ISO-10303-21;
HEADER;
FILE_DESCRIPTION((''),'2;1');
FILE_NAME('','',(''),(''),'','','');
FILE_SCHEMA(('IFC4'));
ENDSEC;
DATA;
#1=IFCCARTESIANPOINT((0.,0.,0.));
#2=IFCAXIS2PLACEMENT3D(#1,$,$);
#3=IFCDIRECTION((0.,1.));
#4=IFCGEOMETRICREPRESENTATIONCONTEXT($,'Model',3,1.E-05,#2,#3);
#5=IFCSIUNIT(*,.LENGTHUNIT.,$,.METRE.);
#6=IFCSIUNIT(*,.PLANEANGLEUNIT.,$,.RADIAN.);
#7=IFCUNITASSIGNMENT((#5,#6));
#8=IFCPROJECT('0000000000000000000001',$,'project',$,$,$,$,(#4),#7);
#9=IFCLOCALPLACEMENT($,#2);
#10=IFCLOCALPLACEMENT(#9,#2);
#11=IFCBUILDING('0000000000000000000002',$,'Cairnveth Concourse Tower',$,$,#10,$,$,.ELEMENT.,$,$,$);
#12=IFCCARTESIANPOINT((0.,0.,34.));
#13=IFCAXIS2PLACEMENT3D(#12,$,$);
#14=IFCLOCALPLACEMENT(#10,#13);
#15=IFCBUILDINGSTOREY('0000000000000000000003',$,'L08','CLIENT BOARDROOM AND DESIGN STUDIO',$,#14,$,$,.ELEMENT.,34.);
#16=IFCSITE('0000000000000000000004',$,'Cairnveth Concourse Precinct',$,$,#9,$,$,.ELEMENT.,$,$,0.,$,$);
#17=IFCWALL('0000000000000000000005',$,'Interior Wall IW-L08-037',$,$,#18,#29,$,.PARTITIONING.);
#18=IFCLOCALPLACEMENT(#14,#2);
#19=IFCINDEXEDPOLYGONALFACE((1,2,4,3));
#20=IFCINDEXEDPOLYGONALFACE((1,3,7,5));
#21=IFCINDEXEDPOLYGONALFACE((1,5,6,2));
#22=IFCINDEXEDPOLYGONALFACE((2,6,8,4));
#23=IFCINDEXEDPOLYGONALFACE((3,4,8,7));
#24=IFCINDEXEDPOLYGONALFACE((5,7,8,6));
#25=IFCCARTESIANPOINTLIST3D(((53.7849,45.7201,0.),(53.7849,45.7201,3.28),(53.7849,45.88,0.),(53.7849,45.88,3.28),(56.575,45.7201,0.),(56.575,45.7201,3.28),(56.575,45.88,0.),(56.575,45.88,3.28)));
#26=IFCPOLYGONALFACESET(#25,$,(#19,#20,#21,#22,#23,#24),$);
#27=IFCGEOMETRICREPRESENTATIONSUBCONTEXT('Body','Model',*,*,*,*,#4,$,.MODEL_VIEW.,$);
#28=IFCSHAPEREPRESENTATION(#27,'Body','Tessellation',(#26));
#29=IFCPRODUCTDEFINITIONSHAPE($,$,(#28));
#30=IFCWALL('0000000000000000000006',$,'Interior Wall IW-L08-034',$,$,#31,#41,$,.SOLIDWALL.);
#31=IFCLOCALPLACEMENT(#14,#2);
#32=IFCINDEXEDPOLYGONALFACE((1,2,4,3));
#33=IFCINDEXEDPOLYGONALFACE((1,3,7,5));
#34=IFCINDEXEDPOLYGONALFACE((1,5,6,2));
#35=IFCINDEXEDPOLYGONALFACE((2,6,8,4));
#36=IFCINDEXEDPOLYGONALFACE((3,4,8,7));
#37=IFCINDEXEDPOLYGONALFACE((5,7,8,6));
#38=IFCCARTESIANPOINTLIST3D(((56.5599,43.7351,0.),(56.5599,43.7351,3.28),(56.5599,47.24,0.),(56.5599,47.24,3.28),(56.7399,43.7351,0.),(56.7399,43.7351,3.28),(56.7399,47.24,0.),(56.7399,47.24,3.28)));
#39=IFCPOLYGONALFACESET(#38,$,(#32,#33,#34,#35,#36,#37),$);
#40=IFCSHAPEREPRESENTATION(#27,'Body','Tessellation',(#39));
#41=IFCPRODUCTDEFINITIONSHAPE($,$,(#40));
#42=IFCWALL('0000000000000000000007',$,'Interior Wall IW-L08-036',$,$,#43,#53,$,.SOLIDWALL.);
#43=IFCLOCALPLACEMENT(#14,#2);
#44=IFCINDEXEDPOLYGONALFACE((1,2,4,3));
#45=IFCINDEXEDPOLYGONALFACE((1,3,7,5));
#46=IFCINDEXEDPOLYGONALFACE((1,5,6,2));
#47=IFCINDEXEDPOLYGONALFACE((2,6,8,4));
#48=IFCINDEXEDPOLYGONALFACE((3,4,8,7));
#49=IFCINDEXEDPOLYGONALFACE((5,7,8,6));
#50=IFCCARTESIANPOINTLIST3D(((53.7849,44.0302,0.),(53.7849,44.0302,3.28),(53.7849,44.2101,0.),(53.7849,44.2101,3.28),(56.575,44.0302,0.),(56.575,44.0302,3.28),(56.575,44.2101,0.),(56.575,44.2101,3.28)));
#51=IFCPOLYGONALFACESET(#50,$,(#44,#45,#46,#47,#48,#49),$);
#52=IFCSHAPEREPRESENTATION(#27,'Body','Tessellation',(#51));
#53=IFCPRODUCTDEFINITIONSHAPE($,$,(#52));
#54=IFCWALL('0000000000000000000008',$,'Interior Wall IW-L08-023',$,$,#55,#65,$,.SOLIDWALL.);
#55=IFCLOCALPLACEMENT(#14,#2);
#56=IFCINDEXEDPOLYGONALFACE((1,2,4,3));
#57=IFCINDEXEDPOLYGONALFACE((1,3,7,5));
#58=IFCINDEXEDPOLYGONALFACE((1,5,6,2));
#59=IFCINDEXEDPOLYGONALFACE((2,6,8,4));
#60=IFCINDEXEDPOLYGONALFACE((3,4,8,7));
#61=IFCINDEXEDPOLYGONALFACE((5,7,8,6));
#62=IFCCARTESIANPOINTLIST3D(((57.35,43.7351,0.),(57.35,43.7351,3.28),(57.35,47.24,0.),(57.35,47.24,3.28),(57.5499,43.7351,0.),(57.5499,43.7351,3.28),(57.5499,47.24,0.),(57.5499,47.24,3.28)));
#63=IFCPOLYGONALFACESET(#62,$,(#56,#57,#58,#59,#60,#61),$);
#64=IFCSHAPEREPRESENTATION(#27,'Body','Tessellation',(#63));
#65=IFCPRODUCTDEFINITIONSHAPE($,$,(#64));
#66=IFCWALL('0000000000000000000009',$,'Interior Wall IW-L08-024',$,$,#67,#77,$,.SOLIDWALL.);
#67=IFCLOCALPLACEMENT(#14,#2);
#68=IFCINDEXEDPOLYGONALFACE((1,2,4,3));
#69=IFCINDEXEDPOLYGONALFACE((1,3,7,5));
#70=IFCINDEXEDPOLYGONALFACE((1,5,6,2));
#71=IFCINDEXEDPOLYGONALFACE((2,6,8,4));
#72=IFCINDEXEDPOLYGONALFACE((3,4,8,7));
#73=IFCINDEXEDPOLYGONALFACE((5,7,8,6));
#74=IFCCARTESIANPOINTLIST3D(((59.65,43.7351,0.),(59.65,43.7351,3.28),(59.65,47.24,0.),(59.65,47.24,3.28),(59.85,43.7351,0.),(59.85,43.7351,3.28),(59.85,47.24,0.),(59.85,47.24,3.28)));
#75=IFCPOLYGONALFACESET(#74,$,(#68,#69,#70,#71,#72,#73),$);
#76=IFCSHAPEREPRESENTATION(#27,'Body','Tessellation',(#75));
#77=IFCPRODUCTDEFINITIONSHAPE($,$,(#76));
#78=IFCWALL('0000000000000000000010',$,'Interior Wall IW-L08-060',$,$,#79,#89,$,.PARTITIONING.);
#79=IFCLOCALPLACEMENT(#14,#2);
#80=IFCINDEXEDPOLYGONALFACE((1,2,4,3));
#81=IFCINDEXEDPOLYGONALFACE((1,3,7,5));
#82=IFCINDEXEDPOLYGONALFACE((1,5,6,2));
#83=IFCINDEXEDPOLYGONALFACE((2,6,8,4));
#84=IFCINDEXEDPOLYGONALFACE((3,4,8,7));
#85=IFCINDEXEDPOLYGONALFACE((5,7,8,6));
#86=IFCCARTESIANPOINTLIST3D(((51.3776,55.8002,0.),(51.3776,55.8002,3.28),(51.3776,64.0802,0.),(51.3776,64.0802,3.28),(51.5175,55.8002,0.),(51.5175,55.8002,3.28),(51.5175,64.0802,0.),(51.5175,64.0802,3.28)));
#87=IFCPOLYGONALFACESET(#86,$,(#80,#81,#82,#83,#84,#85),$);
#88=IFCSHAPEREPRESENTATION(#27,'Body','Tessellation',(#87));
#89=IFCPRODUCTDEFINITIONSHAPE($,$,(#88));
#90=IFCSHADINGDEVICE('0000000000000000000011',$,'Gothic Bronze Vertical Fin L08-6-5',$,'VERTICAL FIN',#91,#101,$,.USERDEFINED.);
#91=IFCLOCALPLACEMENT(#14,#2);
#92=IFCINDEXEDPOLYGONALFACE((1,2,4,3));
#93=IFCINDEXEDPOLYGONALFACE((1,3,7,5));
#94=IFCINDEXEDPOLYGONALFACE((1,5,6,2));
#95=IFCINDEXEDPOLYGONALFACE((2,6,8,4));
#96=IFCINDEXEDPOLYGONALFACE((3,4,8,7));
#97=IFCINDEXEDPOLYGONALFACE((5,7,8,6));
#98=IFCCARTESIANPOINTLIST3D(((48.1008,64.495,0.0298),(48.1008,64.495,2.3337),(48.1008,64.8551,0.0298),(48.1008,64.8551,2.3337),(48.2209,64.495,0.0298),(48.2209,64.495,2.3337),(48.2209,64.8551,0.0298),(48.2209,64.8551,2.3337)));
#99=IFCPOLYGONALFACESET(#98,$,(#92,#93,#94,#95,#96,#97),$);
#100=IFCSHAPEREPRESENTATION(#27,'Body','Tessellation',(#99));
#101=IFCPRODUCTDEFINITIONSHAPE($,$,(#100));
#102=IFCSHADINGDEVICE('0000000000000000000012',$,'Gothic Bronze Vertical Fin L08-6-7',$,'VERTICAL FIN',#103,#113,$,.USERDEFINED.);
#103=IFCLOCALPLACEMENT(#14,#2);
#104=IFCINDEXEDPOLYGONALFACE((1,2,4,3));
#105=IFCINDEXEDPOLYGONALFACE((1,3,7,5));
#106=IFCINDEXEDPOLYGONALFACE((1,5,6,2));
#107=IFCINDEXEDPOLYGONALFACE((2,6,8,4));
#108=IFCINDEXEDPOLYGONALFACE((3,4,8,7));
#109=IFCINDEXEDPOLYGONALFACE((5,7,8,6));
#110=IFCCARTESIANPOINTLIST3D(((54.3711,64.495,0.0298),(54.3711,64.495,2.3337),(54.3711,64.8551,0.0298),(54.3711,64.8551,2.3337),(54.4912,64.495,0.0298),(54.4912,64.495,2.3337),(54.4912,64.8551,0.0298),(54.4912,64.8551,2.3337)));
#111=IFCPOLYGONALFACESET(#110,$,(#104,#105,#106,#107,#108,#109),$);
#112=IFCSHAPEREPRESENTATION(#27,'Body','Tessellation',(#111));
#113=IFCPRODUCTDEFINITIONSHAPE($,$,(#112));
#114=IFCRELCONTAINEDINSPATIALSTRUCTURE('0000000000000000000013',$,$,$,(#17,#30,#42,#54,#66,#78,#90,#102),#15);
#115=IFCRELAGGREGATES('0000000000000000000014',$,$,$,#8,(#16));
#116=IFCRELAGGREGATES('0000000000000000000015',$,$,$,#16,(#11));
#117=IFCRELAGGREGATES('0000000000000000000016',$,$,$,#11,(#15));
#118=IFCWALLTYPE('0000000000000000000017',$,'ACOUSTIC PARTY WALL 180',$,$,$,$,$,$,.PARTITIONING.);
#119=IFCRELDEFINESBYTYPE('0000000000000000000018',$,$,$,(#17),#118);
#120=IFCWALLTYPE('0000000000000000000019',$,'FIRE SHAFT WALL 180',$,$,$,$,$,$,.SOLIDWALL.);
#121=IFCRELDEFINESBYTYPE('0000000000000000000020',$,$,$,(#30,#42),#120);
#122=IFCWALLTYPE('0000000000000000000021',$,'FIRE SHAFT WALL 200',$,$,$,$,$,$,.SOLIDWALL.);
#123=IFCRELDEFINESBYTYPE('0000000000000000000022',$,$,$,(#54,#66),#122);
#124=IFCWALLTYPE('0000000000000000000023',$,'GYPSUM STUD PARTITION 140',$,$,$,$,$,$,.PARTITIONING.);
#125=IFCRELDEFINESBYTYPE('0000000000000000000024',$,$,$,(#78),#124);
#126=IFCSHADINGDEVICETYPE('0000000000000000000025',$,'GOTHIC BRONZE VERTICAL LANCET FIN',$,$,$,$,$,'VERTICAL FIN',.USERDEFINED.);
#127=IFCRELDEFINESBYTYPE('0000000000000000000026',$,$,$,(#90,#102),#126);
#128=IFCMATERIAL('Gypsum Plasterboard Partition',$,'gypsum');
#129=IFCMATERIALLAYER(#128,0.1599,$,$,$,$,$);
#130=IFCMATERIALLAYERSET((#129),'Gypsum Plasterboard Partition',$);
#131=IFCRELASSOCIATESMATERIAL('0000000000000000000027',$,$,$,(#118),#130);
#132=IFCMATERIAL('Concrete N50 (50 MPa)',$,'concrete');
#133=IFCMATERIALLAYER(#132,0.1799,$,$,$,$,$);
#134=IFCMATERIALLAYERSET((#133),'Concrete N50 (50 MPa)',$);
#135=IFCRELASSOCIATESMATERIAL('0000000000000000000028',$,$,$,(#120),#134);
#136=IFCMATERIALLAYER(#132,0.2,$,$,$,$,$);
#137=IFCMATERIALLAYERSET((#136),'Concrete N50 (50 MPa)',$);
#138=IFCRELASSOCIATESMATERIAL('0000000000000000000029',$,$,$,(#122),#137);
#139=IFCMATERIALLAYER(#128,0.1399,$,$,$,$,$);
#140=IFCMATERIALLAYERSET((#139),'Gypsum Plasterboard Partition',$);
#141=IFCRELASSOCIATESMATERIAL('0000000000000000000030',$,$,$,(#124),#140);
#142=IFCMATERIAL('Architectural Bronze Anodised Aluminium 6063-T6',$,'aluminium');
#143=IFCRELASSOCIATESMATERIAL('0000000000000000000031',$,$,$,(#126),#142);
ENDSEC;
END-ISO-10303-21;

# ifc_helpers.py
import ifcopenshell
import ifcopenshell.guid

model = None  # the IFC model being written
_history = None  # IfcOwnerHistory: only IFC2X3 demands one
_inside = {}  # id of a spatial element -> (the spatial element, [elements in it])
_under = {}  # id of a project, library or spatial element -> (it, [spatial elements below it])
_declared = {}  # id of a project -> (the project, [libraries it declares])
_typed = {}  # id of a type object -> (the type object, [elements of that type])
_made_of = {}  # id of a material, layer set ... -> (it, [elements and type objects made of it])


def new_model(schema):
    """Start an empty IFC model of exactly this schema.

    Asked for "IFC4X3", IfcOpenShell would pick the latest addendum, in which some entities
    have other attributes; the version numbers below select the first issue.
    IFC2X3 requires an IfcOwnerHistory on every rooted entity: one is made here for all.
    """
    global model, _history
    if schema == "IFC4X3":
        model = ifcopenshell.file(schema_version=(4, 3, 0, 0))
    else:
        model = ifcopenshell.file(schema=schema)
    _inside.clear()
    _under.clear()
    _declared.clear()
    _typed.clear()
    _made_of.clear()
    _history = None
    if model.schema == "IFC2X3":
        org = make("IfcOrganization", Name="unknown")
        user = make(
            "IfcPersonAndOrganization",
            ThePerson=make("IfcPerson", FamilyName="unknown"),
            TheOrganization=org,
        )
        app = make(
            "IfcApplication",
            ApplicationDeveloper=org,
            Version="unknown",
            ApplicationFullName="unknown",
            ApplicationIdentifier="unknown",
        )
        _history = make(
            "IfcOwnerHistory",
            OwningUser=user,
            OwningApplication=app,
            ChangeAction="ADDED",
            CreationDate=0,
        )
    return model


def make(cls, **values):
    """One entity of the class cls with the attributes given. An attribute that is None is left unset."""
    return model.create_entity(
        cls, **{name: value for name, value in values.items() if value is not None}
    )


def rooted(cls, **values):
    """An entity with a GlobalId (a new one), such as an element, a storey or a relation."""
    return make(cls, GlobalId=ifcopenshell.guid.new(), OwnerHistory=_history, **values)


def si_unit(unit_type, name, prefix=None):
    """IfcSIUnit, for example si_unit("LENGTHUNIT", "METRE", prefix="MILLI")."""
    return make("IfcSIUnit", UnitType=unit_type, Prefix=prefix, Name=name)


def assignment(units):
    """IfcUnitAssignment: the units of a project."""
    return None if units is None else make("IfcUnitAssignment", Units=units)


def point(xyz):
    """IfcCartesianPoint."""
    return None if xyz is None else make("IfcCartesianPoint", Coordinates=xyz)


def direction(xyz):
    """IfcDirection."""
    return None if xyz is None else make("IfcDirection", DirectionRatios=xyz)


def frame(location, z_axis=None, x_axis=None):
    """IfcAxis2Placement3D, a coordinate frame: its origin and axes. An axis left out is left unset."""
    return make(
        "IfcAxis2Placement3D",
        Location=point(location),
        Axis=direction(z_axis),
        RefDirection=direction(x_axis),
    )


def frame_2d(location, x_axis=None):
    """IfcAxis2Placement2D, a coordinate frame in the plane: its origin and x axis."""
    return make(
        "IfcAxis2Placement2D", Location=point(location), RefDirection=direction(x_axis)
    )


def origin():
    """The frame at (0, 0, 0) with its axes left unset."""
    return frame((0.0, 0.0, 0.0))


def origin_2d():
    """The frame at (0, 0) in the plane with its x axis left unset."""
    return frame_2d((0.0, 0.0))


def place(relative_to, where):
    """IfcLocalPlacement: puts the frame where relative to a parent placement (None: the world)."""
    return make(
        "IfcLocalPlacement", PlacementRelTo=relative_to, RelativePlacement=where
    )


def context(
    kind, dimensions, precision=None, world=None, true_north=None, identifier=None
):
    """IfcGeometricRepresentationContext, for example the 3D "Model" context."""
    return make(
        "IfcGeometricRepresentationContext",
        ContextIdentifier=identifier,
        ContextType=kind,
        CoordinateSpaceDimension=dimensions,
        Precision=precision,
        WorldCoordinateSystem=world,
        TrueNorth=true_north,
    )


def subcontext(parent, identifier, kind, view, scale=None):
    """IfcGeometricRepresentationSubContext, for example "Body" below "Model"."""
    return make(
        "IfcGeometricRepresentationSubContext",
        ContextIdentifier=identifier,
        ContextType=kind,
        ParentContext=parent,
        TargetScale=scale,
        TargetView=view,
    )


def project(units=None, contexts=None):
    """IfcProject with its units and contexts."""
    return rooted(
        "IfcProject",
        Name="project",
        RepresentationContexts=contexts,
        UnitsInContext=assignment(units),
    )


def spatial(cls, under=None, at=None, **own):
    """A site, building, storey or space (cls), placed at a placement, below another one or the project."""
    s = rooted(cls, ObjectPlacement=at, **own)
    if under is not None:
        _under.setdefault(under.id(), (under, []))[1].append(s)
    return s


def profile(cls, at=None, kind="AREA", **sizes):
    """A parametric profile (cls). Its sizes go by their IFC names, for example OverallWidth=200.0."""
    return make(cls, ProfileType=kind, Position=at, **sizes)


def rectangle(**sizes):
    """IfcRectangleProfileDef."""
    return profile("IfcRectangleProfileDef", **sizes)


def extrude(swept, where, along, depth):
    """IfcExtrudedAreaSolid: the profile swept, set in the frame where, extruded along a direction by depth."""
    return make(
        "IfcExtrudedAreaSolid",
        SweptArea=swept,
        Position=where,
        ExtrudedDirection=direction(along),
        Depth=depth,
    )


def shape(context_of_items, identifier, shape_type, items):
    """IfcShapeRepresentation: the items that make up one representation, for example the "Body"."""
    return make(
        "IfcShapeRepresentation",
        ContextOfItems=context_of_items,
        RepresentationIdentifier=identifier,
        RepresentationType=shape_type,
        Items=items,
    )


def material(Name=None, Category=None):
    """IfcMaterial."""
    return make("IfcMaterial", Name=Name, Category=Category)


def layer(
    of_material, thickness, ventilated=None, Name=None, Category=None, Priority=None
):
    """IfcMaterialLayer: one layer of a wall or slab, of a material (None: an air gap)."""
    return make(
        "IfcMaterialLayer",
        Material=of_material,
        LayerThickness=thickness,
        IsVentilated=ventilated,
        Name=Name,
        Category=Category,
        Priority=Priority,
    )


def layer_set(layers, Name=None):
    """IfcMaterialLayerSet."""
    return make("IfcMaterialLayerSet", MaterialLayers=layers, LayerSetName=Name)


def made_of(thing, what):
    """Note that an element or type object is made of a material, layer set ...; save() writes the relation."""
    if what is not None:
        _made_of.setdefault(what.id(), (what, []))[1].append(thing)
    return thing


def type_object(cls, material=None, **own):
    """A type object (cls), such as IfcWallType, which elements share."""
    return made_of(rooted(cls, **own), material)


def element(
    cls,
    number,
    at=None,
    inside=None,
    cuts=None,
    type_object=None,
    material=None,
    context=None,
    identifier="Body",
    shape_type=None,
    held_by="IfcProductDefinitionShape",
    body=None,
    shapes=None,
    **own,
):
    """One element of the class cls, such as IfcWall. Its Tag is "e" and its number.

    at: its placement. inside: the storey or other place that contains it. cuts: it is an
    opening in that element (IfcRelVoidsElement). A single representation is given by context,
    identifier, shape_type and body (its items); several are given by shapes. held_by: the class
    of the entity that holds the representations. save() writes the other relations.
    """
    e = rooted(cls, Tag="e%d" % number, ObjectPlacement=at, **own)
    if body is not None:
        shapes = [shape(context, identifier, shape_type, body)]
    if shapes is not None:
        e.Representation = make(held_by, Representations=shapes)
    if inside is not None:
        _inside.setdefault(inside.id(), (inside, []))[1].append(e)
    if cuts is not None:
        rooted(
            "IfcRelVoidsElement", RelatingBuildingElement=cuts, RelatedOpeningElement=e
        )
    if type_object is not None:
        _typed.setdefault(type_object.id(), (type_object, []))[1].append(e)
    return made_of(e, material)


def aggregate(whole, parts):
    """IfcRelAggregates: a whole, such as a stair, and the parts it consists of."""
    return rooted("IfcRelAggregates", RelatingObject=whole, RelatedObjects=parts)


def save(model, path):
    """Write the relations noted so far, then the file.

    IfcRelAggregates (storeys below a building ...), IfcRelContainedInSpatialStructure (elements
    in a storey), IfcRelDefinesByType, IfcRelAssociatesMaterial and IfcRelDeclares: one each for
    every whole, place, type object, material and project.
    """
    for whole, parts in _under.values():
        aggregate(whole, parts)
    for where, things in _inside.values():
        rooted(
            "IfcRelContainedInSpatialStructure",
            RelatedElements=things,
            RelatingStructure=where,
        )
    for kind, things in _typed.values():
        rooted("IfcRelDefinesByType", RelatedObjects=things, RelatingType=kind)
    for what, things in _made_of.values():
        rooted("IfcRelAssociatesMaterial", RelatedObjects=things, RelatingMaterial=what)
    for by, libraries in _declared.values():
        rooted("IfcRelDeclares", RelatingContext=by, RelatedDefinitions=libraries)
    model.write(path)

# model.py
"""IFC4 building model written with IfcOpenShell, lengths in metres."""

from ifc_helpers import new_model, si_unit, direction, frame, frame_2d, origin, origin_2d, place, context, subcontext, project, spatial, rectangle, extrude, material, layer, layer_set, type_object, element, save


model = new_model("IFC4")

# Units and contexts
model_context = context("Model", 3, precision=1e-05, world=origin(), true_north=direction((0.0, 1.0)))
body_context = subcontext(model_context, "Body", "Model", "MODEL_VIEW")
ifc_project = project(units=[si_unit("LENGTHUNIT", "METRE"), si_unit("PLANEANGLEUNIT", "RADIAN")], contexts=[model_context])

# Site, building, storey
site_placement = place(None, origin())
site = spatial("IfcSite", under=ifc_project, at=site_placement, Name="Cairnveth Concourse Precinct", CompositionType="ELEMENT", RefElevation=0.0)
building_placement = place(site_placement, origin())
building = spatial("IfcBuilding", under=site, at=building_placement, Name="Cairnveth Concourse Tower", CompositionType="ELEMENT")
storey_placement = place(building_placement, frame((0.0, 0.0, 34.0)))
storey = spatial("IfcBuildingStorey", under=building, at=storey_placement, Name="L08", Description="CLIENT BOARDROOM AND DESIGN STUDIO", CompositionType="ELEMENT", Elevation=34.0)

# Walls
ifc_material_1 = material(Name="Gypsum Plasterboard Partition", Category="gypsum")
ifc_layer_1 = layer(ifc_material_1, 0.1599)
ifc_layer_set_1 = layer_set([ifc_layer_1], Name="Gypsum Plasterboard Partition")
wall_type_1 = type_object("IfcWallType", Name="ACOUSTIC PARTY WALL 180", PredefinedType="PARTITIONING", material=ifc_layer_set_1)
wall_1_placement = place(storey_placement, frame((53.7849, 45.8, 0.0), z_axis=(0.0, 0.0, 1.0), x_axis=(1.0, 0.0, 0.0)))
element("IfcWall", 1, at=wall_1_placement, inside=storey, type_object=wall_type_1, Name="Interior Wall IW-L08-037", PredefinedType="PARTITIONING", context=body_context, shape_type="SweptSolid", body=[
    extrude(rectangle(XDim=2.79, YDim=0.1599, at=frame_2d((1.395, 0.0))), origin(), (0.0, 0.0, 1.0), 3.28),
])
ifc_material_2 = material(Name="Concrete N50 (50 MPa)", Category="concrete")
ifc_layer_2 = layer(ifc_material_2, 0.1799)
ifc_layer_set_2 = layer_set([ifc_layer_2], Name="Concrete N50 (50 MPa)")
wall_type_2 = type_object("IfcWallType", Name="FIRE SHAFT WALL 180", PredefinedType="SOLIDWALL", material=ifc_layer_set_2)
wall_2_placement = place(storey_placement, frame((56.6499, 43.7351, 0.0), z_axis=(0.0, 0.0, 1.0), x_axis=(0.0, 1.0, 0.0)))
element("IfcWall", 2, at=wall_2_placement, inside=storey, type_object=wall_type_2, Name="Interior Wall IW-L08-034", PredefinedType="SOLIDWALL", context=body_context, shape_type="SweptSolid", body=[
    extrude(rectangle(XDim=3.5049, YDim=0.1799, at=frame_2d((1.7524, 0.0))), origin(), (0.0, 0.0, 1.0), 3.28),
])
wall_3_placement = place(storey_placement, frame((53.7849, 44.1201, 0.0), z_axis=(0.0, 0.0, 1.0), x_axis=(1.0, 0.0, 0.0)))
element("IfcWall", 3, at=wall_3_placement, inside=storey, type_object=wall_type_2, Name="Interior Wall IW-L08-036", PredefinedType="SOLIDWALL", context=body_context, shape_type="SweptSolid", body=[
    extrude(rectangle(XDim=2.79, YDim=0.1799, at=frame_2d((1.395, 0.0))), origin(), (0.0, 0.0, 1.0), 3.28),
])
ifc_layer_3 = layer(ifc_material_2, 0.2)
ifc_layer_set_3 = layer_set([ifc_layer_3], Name="Concrete N50 (50 MPa)")
wall_type_3 = type_object("IfcWallType", Name="FIRE SHAFT WALL 200", PredefinedType="SOLIDWALL", material=ifc_layer_set_3)
for number, where, z_axis, x_axis, name in (
    (4, (57.45, 43.7351, 0.0), (0.0, 0.0, 1.0), (0.0, 1.0, 0.0), "Interior Wall IW-L08-023"),
    (5, (59.75, 43.7351, 0.0), (0.0, 0.0, 1.0), (0.0, 1.0, 0.0), "Interior Wall IW-L08-024"),
):
    element("IfcWall", number, at=place(storey_placement, frame(where, z_axis=z_axis, x_axis=x_axis)), inside=storey, type_object=wall_type_3, Name=name, PredefinedType="SOLIDWALL", context=body_context, shape_type="SweptSolid", body=[
        extrude(rectangle(XDim=3.5049, YDim=0.2, at=frame_2d((1.7524, 0.0))), origin(), (0.0, 0.0, 1.0), 3.28),
    ])
ifc_layer_4 = layer(ifc_material_1, 0.1399)
ifc_layer_set_4 = layer_set([ifc_layer_4], Name="Gypsum Plasterboard Partition")
wall_type_4 = type_object("IfcWallType", Name="GYPSUM STUD PARTITION 140", PredefinedType="PARTITIONING", material=ifc_layer_set_4)
wall_4_placement = place(storey_placement, frame((51.4475, 55.8, 0.0), z_axis=(0.0, 0.0, 1.0), x_axis=(0.0, 1.0, 0.0)))
element("IfcWall", 6, at=wall_4_placement, inside=storey, type_object=wall_type_4, Name="Interior Wall IW-L08-060", PredefinedType="PARTITIONING", context=body_context, shape_type="SweptSolid", body=[
    extrude(rectangle(XDim=8.28, YDim=0.1399, at=frame_2d((4.1401, 0.0))), origin(), (0.0, 0.0, 1.0), 3.28),
])

# Shading devices
ifc_material_3 = material(Name="Architectural Bronze Anodised Aluminium 6063-T6", Category="aluminium")
shading_device_type = type_object("IfcShadingDeviceType", Name="GOTHIC BRONZE VERTICAL LANCET FIN", ElementType="VERTICAL FIN", PredefinedType="USERDEFINED", material=ifc_material_3)
for number, where, z_axis, x_axis, name in (
    (7, (48.1609, 64.675, 0.0298), (0.0, 0.0, 1.0), (1.0, 0.0, 0.0), "Gothic Bronze Vertical Fin L08-6-5"),
    (8, (54.4312, 64.675, 0.0298), (0.0, 0.0, 1.0), (1.0, 0.0, 0.0), "Gothic Bronze Vertical Fin L08-6-7"),
):
    element("IfcShadingDevice", number, at=place(storey_placement, frame(where, z_axis=z_axis, x_axis=x_axis)), inside=storey, type_object=shading_device_type, Name=name, ObjectType="VERTICAL FIN", PredefinedType="USERDEFINED", context=body_context, shape_type="SweptSolid", body=[
        extrude(rectangle(XDim=0.1201, YDim=0.3601, at=origin_2d()), origin(), (0.0, 0.0, 1.0), 2.304),
    ])

save(model, "model.ifc")
